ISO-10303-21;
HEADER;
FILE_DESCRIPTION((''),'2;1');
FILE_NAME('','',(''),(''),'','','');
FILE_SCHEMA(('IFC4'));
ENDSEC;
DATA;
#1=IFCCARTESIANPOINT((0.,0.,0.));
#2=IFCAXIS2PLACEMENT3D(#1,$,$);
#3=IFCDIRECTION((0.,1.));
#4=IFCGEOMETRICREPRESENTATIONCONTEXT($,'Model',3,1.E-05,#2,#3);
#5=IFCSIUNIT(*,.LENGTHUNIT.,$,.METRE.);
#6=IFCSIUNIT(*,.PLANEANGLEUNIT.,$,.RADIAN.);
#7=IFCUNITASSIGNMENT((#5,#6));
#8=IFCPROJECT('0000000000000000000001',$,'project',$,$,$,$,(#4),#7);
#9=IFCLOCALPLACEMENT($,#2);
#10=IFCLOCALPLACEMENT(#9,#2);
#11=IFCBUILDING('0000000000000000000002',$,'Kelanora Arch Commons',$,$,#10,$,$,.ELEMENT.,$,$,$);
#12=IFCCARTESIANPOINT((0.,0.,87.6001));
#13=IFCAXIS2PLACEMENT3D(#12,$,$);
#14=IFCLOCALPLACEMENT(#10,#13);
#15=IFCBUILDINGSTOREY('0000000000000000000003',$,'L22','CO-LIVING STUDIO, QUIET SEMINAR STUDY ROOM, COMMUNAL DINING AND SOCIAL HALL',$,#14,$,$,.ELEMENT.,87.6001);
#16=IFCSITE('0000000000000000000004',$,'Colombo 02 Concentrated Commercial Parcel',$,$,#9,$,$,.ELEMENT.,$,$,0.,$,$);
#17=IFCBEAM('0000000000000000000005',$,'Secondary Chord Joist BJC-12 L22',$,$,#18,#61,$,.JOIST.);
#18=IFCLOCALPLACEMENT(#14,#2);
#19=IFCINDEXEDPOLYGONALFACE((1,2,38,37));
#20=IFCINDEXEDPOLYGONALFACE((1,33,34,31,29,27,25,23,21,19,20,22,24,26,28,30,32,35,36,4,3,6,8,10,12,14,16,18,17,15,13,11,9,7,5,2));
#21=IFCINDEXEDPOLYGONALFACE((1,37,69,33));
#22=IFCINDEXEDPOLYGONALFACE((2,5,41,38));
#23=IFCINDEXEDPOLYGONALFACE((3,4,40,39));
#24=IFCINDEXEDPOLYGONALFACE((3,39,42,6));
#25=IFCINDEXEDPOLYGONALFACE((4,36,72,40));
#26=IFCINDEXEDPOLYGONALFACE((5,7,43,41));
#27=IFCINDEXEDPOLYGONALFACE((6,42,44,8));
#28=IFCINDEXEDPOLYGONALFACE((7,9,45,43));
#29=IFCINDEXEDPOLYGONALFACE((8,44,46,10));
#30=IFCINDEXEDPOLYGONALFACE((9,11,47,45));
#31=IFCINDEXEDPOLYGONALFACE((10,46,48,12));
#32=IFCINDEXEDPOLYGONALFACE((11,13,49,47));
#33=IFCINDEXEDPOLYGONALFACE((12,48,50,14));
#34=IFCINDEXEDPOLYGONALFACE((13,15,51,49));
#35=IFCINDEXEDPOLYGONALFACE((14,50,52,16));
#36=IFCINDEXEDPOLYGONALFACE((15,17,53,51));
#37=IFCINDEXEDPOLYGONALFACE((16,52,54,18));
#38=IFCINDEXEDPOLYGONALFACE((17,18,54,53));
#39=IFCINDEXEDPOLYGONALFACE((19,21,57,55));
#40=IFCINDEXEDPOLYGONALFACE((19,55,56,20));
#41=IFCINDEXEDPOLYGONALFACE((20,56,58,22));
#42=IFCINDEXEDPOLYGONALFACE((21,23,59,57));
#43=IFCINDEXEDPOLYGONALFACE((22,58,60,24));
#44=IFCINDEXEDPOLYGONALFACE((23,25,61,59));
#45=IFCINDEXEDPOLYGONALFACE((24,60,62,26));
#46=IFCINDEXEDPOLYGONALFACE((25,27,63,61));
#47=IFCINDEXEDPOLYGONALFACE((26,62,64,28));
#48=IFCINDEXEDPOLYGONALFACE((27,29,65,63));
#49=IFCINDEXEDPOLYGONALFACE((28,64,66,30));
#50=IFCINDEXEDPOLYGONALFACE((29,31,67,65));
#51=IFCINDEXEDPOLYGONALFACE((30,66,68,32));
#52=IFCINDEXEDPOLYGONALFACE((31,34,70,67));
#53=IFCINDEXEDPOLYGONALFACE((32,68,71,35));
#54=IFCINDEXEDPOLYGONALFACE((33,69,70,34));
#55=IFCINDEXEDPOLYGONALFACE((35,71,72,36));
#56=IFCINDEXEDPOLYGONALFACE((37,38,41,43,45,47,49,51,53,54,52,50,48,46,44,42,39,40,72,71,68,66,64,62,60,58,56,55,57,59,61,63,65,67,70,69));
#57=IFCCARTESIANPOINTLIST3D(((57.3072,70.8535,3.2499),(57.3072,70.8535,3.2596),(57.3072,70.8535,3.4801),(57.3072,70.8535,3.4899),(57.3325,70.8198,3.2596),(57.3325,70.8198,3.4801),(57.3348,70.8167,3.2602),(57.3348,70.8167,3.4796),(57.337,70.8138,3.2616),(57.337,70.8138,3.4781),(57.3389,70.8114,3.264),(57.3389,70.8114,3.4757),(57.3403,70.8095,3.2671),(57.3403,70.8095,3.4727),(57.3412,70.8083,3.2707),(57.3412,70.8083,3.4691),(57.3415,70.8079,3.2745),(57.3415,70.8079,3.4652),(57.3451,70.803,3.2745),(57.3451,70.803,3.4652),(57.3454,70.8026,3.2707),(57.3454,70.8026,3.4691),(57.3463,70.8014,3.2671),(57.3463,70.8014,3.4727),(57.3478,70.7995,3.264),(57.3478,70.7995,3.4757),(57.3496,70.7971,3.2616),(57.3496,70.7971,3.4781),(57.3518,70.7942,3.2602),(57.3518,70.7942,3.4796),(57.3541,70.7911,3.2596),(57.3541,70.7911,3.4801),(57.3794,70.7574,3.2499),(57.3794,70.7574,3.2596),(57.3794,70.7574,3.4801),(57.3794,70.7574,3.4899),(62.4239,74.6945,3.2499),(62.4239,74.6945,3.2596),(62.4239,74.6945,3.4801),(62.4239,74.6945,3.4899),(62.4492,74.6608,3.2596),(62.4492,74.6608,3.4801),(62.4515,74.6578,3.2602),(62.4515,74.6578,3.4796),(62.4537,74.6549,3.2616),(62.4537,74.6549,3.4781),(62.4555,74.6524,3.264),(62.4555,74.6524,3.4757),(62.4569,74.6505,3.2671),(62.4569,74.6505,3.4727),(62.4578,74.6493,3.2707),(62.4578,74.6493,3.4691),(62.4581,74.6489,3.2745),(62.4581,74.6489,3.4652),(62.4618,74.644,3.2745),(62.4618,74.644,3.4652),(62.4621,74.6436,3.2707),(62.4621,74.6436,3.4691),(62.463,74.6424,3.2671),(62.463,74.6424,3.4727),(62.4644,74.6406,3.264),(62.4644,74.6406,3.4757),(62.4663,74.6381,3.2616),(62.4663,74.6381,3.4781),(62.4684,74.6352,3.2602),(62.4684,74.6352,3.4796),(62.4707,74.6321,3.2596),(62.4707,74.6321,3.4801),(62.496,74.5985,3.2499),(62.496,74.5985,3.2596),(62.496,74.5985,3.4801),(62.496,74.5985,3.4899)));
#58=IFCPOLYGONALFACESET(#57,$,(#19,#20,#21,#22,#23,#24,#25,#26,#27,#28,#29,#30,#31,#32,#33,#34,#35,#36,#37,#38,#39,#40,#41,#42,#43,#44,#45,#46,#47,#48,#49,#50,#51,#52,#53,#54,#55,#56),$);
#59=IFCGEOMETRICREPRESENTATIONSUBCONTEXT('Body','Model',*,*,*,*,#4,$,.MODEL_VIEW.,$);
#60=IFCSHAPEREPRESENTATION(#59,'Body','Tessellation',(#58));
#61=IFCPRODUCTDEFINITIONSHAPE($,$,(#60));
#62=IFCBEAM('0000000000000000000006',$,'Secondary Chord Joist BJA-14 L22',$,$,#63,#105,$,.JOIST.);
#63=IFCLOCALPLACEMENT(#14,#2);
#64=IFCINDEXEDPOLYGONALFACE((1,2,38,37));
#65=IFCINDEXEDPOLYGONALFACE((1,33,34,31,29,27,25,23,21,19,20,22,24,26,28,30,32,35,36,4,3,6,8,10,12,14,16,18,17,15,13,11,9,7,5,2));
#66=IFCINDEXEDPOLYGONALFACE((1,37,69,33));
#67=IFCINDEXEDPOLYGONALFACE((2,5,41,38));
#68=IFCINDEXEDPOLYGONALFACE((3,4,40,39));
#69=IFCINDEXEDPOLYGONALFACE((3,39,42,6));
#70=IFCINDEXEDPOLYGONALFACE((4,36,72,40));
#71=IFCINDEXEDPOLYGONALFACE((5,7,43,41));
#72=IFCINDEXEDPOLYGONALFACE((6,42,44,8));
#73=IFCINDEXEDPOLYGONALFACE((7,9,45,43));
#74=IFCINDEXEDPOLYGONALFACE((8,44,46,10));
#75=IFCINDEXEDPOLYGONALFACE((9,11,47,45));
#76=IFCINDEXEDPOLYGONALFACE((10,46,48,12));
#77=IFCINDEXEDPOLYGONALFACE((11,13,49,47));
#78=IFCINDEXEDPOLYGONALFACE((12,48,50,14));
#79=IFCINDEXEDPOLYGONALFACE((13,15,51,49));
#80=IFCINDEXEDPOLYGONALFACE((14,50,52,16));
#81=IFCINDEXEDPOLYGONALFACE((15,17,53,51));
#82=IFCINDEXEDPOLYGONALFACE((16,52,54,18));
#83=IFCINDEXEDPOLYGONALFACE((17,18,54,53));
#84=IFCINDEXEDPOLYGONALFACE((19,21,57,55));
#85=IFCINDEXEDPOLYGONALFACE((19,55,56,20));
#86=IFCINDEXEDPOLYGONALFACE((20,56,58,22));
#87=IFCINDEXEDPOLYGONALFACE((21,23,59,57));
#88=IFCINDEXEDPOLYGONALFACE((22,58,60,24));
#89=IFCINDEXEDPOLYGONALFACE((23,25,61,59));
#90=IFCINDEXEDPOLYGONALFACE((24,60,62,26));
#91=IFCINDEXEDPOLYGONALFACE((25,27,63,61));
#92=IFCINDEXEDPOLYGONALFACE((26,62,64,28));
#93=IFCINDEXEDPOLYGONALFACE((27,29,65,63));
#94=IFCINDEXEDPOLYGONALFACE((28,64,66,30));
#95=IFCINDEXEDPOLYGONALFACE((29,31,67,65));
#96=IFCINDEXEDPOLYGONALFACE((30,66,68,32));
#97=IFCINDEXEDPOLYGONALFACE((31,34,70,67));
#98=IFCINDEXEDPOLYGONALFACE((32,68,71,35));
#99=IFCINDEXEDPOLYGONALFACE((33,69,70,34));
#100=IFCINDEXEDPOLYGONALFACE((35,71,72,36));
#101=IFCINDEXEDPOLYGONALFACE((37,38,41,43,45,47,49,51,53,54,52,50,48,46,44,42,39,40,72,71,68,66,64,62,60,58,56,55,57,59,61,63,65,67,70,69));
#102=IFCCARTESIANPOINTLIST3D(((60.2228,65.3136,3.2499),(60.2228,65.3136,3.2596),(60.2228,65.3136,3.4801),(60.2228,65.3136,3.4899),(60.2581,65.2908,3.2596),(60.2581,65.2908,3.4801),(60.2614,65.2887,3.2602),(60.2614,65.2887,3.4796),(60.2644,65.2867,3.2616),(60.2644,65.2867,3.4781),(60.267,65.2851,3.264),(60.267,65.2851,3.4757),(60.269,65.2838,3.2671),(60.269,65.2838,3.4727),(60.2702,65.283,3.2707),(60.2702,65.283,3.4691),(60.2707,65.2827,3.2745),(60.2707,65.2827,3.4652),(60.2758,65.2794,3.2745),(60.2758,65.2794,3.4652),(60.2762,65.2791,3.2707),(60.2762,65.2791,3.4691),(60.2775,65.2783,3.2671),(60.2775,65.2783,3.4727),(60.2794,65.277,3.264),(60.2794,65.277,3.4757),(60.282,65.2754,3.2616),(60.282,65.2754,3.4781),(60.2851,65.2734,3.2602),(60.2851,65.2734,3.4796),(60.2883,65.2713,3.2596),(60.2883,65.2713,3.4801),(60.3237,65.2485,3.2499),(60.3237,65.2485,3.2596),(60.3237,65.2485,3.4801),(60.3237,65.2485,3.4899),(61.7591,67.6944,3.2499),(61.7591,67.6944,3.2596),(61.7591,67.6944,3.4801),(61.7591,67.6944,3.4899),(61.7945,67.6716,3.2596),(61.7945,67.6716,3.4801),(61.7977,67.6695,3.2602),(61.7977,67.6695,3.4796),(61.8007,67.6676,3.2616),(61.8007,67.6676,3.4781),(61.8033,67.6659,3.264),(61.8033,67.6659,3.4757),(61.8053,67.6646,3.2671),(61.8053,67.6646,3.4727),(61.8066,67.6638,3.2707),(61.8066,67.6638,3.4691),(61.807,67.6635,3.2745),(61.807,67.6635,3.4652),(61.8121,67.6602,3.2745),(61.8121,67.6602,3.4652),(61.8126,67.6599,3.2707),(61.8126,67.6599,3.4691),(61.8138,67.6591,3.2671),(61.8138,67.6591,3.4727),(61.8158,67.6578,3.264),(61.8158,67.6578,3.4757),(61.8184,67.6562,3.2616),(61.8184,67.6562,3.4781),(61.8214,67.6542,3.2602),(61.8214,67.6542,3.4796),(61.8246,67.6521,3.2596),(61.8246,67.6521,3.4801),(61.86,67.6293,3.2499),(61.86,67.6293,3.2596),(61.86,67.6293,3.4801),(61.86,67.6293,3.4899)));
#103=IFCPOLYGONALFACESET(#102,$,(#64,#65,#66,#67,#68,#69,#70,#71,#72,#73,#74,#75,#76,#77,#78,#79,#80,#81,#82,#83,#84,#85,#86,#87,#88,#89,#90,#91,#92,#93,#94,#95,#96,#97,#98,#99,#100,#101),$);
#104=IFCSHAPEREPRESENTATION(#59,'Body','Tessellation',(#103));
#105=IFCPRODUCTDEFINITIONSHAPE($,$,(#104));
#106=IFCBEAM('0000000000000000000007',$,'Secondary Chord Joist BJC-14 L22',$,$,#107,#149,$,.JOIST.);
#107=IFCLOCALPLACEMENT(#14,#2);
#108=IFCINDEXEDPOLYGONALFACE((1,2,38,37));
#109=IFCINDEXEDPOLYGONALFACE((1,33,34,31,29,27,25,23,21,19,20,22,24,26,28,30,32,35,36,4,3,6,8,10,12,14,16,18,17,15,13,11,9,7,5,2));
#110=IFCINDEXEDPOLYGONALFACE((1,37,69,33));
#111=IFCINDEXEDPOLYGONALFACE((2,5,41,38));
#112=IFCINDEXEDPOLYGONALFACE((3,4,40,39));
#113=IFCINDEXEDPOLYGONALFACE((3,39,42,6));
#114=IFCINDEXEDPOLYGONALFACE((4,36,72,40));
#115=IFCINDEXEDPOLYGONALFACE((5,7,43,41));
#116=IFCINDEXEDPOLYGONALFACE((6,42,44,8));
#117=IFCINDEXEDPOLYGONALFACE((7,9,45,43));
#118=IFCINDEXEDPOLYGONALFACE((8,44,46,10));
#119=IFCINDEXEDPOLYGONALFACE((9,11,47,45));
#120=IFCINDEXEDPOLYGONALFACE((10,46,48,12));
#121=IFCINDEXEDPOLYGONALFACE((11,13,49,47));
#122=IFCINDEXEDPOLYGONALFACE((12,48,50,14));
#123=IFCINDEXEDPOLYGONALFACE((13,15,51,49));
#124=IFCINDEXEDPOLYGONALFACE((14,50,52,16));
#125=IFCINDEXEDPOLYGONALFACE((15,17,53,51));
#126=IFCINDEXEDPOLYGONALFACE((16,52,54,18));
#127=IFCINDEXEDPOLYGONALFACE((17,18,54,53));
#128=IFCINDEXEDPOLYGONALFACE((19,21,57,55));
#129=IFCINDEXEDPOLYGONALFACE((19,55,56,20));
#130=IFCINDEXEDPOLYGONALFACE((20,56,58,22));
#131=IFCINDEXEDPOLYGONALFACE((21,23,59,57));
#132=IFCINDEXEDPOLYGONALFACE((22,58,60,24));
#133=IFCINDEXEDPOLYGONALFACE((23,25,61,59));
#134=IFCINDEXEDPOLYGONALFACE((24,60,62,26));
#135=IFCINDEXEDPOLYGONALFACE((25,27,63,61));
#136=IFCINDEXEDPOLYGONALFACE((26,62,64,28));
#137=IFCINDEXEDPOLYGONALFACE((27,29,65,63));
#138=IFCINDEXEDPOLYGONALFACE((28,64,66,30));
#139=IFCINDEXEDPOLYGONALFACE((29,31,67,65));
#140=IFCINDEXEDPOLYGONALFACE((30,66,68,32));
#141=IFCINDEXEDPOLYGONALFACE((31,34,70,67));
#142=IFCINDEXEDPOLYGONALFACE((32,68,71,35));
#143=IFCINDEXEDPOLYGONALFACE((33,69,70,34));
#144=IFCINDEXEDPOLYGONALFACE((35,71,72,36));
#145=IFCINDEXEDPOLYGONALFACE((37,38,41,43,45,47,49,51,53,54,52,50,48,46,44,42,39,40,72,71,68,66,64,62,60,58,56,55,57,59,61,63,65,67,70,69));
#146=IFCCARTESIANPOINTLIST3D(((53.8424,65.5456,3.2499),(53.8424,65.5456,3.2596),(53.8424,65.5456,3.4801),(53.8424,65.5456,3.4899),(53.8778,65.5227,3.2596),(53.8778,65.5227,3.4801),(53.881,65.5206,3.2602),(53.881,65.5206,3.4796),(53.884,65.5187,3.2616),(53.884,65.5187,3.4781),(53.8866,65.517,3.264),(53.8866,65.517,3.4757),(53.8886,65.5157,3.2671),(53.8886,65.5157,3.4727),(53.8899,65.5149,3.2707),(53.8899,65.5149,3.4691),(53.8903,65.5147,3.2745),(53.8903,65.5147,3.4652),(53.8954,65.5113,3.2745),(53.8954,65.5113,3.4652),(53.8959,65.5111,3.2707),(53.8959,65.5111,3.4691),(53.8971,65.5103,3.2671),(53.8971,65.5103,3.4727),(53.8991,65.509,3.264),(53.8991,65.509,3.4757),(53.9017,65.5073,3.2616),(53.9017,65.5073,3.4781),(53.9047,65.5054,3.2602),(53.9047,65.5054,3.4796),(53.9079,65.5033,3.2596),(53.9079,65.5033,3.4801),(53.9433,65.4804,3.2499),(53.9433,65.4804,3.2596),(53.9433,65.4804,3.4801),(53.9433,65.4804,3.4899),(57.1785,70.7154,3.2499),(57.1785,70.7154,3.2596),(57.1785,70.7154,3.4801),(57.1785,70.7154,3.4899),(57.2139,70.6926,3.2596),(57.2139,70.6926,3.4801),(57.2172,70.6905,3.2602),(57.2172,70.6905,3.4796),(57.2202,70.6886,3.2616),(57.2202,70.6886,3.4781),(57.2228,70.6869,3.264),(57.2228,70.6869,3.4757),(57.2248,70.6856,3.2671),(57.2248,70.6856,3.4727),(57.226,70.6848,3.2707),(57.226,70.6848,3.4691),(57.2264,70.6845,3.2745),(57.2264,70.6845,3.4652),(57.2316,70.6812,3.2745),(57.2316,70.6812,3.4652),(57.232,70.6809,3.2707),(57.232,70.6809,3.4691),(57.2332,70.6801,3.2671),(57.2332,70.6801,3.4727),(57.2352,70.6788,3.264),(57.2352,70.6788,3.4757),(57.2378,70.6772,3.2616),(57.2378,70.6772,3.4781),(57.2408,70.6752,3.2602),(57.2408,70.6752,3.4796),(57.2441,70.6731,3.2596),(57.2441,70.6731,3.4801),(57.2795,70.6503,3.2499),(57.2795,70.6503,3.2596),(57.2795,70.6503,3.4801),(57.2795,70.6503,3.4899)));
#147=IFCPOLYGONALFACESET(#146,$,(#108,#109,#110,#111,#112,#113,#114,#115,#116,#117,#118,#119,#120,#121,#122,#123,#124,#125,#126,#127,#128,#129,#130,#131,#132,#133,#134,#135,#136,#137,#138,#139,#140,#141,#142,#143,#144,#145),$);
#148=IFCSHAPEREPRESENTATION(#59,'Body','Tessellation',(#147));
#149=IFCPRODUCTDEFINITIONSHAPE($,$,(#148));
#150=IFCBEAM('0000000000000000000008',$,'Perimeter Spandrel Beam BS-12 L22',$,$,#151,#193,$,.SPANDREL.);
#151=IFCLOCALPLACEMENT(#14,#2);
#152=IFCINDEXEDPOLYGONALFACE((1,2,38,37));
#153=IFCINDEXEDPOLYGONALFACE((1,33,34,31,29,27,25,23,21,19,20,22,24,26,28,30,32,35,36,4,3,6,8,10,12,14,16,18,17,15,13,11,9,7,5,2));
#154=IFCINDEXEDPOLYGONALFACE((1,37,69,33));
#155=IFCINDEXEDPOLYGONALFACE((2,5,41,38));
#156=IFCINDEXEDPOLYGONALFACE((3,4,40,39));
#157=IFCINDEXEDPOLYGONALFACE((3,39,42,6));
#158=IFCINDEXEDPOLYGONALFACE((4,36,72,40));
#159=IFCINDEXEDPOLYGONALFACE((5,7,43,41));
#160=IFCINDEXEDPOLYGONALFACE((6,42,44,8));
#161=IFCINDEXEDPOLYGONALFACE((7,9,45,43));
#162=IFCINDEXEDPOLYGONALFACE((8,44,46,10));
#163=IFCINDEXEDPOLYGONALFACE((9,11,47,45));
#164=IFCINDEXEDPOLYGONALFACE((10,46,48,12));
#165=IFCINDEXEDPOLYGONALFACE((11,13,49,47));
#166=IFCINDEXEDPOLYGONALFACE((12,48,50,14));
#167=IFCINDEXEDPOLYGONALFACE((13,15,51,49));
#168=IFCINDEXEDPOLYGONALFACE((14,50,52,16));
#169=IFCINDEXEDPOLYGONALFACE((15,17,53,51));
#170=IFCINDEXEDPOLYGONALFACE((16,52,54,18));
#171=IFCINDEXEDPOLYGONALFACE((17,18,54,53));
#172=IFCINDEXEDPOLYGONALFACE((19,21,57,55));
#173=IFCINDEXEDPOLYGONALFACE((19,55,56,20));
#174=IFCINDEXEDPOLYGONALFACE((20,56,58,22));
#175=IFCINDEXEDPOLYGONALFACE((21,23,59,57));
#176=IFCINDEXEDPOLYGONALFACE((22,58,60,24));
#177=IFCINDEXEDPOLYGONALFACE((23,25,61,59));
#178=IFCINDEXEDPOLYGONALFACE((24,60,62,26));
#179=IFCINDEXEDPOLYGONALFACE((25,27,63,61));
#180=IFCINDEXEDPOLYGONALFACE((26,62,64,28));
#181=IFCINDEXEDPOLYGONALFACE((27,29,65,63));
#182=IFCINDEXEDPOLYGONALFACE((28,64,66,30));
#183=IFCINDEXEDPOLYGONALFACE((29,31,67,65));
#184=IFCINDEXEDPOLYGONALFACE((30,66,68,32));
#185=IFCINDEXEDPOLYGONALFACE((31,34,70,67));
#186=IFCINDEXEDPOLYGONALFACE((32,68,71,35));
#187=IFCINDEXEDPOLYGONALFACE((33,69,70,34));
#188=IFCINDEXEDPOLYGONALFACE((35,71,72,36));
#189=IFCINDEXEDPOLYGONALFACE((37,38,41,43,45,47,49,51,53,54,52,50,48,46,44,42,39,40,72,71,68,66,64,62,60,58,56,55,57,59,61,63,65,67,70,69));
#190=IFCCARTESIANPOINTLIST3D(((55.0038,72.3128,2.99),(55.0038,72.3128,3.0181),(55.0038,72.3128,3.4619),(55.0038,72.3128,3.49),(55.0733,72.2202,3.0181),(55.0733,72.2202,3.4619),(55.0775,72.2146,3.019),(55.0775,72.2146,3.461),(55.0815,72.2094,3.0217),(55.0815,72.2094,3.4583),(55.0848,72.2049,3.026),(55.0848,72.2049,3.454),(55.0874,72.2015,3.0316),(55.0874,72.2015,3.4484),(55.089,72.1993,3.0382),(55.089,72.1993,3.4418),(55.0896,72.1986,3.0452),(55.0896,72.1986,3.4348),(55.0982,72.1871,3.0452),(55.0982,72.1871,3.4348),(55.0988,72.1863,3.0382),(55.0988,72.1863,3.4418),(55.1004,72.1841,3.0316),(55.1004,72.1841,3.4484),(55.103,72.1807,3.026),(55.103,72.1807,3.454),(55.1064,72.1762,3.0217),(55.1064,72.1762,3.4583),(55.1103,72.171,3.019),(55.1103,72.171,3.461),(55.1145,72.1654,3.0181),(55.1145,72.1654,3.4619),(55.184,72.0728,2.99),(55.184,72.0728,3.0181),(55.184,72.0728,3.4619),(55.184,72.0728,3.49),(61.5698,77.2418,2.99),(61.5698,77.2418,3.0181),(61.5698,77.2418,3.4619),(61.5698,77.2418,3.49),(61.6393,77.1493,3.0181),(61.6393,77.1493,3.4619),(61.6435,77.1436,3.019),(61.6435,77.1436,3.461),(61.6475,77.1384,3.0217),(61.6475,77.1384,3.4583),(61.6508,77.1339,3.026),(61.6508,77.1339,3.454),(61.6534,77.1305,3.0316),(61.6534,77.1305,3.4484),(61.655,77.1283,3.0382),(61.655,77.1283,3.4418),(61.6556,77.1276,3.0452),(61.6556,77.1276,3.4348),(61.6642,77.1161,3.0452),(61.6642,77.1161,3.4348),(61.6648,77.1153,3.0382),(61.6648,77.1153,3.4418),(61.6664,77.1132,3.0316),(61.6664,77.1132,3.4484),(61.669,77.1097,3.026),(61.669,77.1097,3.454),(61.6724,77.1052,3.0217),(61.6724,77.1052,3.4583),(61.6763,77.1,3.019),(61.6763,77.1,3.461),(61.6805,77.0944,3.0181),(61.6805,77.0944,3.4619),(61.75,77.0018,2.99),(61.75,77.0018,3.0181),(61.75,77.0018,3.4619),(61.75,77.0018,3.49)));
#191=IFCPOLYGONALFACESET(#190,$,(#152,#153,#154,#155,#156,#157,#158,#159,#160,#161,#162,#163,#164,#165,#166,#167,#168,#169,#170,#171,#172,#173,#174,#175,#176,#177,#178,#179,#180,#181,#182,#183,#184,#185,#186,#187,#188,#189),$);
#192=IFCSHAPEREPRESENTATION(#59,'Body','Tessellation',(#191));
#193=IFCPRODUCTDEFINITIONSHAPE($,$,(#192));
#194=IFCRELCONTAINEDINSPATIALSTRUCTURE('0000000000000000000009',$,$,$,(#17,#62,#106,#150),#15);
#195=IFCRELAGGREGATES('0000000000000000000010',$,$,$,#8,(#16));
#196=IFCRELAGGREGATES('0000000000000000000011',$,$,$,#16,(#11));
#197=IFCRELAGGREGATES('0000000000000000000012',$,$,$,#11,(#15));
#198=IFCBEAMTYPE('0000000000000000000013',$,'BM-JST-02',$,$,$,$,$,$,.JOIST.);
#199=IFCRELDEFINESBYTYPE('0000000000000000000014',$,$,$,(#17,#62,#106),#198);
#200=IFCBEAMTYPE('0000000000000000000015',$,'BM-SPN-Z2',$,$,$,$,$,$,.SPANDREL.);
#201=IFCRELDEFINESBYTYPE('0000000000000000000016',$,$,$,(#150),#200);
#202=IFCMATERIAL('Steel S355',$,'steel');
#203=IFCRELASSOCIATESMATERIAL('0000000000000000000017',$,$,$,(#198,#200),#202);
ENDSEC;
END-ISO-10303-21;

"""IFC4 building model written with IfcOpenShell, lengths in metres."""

from ifc_helpers import new_model, si_unit, direction, frame, origin, origin_2d, place, context, subcontext, project, spatial, i_section, extrude, material, material_profile, profile_set, type_object, element, save


model = new_model("IFC4")

# Units and contexts
model_context = context("Model", 3, precision=1e-05, world=origin(), true_north=direction((0.0, 1.0)))
body_context = subcontext(model_context, "Body", "Model", "MODEL_VIEW")
ifc_project = project(units=[si_unit("LENGTHUNIT", "METRE"), si_unit("PLANEANGLEUNIT", "RADIAN")], contexts=[model_context])

# Site, building, storey
site_placement = place(None, origin())
site = spatial("IfcSite", under=ifc_project, at=site_placement, Name="Colombo 02 Concentrated Commercial Parcel", CompositionType="ELEMENT", RefElevation=0.0)
building_placement = place(site_placement, origin())
building = spatial("IfcBuilding", under=site, at=building_placement, Name="Kelanora Arch Commons", CompositionType="ELEMENT")
storey_placement = place(building_placement, frame((0.0, 0.0, 87.6001)))
storey = spatial("IfcBuildingStorey", under=building, at=storey_placement, Name="L22", Description="CO-LIVING STUDIO, QUIET SEMINAR STUDY ROOM, COMMUNAL DINING AND SOCIAL HALL", CompositionType="ELEMENT", Elevation=87.6001)

# Beams
ifc_material_1 = material(Name="Steel S355", Category="steel")
ifc_material_profile_1 = material_profile(ifc_material_1, i_section(OverallWidth=0.1201, OverallDepth=0.24, WebThickness=0.0061, FlangeThickness=0.0098, FilletRadius=0.0149, at=origin_2d()), Name="IPE240")
ifc_profile_set_1 = profile_set([ifc_material_profile_1], Name="Steel S355")
beam_type_1 = type_object("IfcBeamType", Name="BM-JST-02", PredefinedType="JOIST", material=ifc_profile_set_1)
beam_1_placement = place(storey_placement, frame((62.46, 74.6465, 3.3699), z_axis=(-0.799734, -0.600354, 0.0), x_axis=(0.600354, -0.799734, 0.0)))
element("IfcBeam", 1, at=beam_1_placement, inside=storey, type_object=beam_type_1, Name="Secondary Chord Joist BJC-12 L22", PredefinedType="JOIST", context=body_context, shape_type="SweptSolid", body=[
    extrude(i_section(OverallWidth=0.1201, OverallDepth=0.24, WebThickness=0.0061, FlangeThickness=0.0098, FilletRadius=0.0149, at=origin_2d()), origin(), (0.0, 0.0, 1.0), 6.3979),
])
beam_2_placement = place(storey_placement, frame((61.8096, 67.6619, 3.3699), z_axis=(-0.542211, -0.840242, 0.0), x_axis=(0.840242, -0.542211, 0.0)))
element("IfcBeam", 2, at=beam_2_placement, inside=storey, type_object=beam_type_1, Name="Secondary Chord Joist BJA-14 L22", PredefinedType="JOIST", context=body_context, shape_type="SweptSolid", body=[
    extrude(i_section(OverallWidth=0.1201, OverallDepth=0.24, WebThickness=0.0061, FlangeThickness=0.0098, FilletRadius=0.0149, at=origin_2d()), origin(), (0.0, 0.0, 1.0), 2.8335),
])
beam_3_placement = place(storey_placement, frame((57.229, 70.6829, 3.3699), z_axis=(-0.542213, -0.840241, 0.0), x_axis=(0.840241, -0.542213, 0.0)))
element("IfcBeam", 3, at=beam_3_placement, inside=storey, type_object=beam_type_1, Name="Secondary Chord Joist BJC-14 L22", PredefinedType="JOIST", context=body_context, shape_type="SweptSolid", body=[
    extrude(i_section(OverallWidth=0.1201, OverallDepth=0.24, WebThickness=0.0061, FlangeThickness=0.0098, FilletRadius=0.0149, at=origin_2d()), origin(), (0.0, 0.0, 1.0), 6.1528),
])
ifc_material_profile_2 = material_profile(ifc_material_1, i_section(OverallWidth=0.3, OverallDepth=0.5, WebThickness=0.0144, FlangeThickness=0.0281, FilletRadius=0.0271, at=origin_2d()), Name="HEB500")
ifc_profile_set_2 = profile_set([ifc_material_profile_2], Name="Steel S355")
beam_type_2 = type_object("IfcBeamType", Name="BM-SPN-Z2", PredefinedType="SPANDREL", material=ifc_profile_set_2)
beam_4_placement = place(storey_placement, frame((61.6599, 77.1218, 3.24), z_axis=(-0.799736, -0.600352, 0.0), x_axis=(0.600352, -0.799736, 0.0)))
element("IfcBeam", 4, at=beam_4_placement, inside=storey, type_object=beam_type_2, Name="Perimeter Spandrel Beam BS-12 L22", PredefinedType="SPANDREL", context=body_context, shape_type="SweptSolid", body=[
    extrude(i_section(OverallWidth=0.3, OverallDepth=0.5, WebThickness=0.0144, FlangeThickness=0.0281, FilletRadius=0.0271, at=origin_2d()), origin(), (0.0, 0.0, 1.0), 8.2102),
])

save(model, "model.ifc")
